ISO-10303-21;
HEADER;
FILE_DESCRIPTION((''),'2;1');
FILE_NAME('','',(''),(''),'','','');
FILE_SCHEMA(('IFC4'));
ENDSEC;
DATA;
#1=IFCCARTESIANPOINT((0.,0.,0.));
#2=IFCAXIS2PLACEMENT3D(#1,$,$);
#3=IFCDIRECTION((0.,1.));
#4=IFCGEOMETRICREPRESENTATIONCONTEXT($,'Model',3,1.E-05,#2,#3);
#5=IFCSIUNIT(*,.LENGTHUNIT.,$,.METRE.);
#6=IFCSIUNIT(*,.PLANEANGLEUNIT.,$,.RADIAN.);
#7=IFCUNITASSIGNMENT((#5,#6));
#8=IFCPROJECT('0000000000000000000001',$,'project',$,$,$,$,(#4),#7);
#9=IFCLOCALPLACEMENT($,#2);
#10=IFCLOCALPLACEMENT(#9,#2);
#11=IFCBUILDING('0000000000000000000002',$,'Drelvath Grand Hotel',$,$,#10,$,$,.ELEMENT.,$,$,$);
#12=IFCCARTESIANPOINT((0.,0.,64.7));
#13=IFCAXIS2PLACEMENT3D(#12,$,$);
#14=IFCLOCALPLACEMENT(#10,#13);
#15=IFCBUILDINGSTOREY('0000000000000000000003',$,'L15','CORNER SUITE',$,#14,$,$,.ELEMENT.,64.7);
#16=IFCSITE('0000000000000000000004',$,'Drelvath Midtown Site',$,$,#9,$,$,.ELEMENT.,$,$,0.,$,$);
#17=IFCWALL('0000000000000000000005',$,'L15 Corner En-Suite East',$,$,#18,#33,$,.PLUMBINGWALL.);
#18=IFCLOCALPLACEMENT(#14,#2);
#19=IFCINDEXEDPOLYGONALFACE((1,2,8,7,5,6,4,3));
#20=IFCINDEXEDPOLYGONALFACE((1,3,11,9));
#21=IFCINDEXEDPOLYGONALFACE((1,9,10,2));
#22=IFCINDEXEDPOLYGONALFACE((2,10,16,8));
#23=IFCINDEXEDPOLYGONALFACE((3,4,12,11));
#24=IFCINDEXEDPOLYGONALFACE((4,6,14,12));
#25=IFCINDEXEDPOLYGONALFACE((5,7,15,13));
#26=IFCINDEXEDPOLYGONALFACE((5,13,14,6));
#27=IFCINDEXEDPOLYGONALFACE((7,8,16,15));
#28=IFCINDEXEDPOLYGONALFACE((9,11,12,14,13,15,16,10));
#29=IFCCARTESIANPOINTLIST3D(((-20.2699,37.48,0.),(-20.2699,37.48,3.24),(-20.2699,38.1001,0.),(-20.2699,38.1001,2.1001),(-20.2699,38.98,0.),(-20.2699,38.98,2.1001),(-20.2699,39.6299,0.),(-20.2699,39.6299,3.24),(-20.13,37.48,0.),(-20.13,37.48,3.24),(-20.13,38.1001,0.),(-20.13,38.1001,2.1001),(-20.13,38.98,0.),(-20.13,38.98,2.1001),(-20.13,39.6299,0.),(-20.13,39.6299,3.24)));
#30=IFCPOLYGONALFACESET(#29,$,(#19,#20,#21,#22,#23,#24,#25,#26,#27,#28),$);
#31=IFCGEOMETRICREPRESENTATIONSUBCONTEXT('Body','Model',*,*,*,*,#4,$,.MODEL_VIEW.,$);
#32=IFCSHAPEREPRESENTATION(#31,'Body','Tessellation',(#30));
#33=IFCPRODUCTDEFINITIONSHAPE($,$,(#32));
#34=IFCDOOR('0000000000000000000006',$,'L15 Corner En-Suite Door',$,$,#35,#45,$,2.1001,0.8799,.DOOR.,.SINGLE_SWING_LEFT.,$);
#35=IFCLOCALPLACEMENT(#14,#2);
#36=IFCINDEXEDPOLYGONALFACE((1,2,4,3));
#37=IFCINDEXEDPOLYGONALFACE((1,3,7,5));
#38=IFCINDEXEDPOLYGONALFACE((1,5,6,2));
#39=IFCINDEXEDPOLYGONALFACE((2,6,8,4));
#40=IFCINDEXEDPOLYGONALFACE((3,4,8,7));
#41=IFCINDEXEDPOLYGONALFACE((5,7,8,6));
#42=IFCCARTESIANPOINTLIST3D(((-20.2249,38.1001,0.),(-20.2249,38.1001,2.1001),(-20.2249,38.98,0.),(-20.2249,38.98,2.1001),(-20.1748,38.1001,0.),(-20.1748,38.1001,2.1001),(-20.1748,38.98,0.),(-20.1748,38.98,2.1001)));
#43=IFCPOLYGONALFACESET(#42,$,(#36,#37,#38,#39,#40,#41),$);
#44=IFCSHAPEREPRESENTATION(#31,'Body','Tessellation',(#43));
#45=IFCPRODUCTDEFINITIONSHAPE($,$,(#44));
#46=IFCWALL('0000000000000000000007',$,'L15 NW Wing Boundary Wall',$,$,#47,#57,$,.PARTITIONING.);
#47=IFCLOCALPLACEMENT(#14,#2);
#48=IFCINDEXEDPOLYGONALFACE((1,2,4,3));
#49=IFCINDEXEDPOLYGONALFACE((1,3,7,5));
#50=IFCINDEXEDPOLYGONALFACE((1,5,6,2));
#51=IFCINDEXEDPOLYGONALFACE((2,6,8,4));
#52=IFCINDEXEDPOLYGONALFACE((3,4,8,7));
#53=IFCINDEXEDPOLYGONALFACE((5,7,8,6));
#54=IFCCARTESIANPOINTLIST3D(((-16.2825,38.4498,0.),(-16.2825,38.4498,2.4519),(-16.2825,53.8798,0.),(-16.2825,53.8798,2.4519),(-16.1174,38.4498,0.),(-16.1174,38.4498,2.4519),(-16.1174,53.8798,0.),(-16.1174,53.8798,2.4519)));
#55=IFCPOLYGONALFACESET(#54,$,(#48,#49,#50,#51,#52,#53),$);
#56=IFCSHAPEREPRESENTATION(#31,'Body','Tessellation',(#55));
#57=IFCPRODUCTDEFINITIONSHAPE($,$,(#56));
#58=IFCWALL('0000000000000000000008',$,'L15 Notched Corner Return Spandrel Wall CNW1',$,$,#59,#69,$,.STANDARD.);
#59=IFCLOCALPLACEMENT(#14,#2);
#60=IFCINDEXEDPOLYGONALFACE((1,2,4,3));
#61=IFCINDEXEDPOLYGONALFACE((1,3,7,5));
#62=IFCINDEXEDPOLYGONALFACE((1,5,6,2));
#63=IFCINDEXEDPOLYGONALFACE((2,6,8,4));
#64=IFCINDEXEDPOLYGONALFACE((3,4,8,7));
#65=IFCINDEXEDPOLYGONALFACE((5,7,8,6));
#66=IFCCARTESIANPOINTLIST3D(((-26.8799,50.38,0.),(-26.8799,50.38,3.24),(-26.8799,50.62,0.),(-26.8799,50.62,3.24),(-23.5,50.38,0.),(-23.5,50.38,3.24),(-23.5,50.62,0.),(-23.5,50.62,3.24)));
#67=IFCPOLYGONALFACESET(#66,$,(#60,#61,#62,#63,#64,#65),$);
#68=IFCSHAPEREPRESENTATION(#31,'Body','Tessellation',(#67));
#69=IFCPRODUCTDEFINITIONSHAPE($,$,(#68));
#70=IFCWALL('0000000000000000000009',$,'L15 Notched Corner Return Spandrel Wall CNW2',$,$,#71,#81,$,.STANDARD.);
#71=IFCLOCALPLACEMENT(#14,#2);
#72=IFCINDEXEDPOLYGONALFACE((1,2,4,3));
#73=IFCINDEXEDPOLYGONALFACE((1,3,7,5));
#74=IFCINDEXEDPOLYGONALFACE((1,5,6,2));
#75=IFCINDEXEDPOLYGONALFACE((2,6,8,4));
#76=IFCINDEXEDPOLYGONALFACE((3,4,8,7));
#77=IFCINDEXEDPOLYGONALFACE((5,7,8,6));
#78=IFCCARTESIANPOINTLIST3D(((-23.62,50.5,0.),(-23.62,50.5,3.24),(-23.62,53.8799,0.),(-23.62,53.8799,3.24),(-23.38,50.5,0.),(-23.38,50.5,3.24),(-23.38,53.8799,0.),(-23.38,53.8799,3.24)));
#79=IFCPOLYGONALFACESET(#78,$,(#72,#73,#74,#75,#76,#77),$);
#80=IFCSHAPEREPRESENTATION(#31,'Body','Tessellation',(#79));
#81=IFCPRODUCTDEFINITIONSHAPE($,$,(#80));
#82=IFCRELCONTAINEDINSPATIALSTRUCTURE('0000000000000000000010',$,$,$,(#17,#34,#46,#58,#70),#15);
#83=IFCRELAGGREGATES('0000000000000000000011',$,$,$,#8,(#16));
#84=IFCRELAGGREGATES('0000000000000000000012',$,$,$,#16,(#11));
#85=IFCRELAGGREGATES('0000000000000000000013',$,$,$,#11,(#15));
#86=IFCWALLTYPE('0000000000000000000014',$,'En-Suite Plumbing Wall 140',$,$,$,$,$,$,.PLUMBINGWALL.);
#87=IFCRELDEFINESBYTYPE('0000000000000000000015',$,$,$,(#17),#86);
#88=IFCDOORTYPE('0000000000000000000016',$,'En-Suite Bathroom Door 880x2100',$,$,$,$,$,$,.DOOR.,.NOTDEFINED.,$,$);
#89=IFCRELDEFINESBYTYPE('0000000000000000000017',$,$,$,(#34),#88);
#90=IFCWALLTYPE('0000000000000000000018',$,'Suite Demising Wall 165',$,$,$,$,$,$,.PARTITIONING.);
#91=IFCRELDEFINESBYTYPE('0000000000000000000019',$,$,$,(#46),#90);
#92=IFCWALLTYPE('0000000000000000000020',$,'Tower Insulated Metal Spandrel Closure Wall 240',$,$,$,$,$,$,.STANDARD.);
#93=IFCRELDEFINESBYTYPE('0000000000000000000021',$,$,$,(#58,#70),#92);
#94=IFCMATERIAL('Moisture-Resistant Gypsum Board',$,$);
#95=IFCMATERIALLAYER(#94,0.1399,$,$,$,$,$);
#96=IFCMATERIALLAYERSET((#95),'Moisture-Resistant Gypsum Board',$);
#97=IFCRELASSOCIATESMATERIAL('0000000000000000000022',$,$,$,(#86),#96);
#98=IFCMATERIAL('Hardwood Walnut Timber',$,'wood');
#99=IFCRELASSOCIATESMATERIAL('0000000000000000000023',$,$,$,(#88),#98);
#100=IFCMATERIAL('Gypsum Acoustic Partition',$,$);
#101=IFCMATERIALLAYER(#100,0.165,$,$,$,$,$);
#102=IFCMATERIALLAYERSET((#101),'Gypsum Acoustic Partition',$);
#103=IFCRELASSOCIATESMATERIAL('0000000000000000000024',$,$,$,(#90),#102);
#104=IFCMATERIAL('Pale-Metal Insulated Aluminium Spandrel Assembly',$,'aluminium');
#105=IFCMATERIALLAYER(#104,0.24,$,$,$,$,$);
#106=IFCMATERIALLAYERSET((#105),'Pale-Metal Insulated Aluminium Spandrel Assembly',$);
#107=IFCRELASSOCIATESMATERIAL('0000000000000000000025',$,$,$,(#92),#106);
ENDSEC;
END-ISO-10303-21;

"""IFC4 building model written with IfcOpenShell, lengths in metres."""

from ifc_helpers import new_model, si_unit, direction, frame, frame_2d, origin, place, context, subcontext, project, spatial, rectangle, extrude, material, layer, layer_set, type_object, element, fill, save


model = new_model("IFC4")

# Units and contexts
model_context = context("Model", 3, precision=1e-05, world=origin(), true_north=direction((0.0, 1.0)))
body_context = subcontext(model_context, "Body", "Model", "MODEL_VIEW")
ifc_project = project(units=[si_unit("LENGTHUNIT", "METRE"), si_unit("PLANEANGLEUNIT", "RADIAN")], contexts=[model_context])

# Site, building, storey
site_placement = place(None, origin())
site = spatial("IfcSite", under=ifc_project, at=site_placement, Name="Drelvath Midtown Site", CompositionType="ELEMENT", RefElevation=0.0)
building_placement = place(site_placement, origin())
building = spatial("IfcBuilding", under=site, at=building_placement, Name="Drelvath Grand Hotel", CompositionType="ELEMENT")
storey_placement = place(building_placement, frame((0.0, 0.0, 64.7)))
storey = spatial("IfcBuildingStorey", under=building, at=storey_placement, Name="L15", Description="CORNER SUITE", CompositionType="ELEMENT", Elevation=64.7)

# Shared definitions
ifc_material_1 = material(Name="Hardwood Walnut Timber", Category="wood")

# Shared definitions
ifc_material_2 = material(Name="Moisture-Resistant Gypsum Board")
ifc_layer_1 = layer(ifc_material_2, 0.1399)
ifc_layer_set_1 = layer_set([ifc_layer_1], Name="Moisture-Resistant Gypsum Board")
wall_type_1 = type_object("IfcWallType", Name="En-Suite Plumbing Wall 140", PredefinedType="PLUMBINGWALL", material=ifc_layer_set_1)

# Wall, opening, door
wall_1_placement = place(storey_placement, frame((-20.2, 37.48, 0.0), z_axis=(0.0, 0.0, 1.0), x_axis=(0.0, 1.0, 0.0)))
wall_1 = element("IfcWall", 1, at=wall_1_placement, inside=storey, type_object=wall_type_1, Name="L15 Corner En-Suite East", PredefinedType="PLUMBINGWALL", context=body_context, shape_type="SweptSolid", body=[
    extrude(rectangle(XDim=2.1499, YDim=0.1399, at=frame_2d((1.075, 0.0))), origin(), (0.0, 0.0, 1.0), 3.24),
])
opening_1_placement = place(wall_1_placement, frame((0.6201, 0.0, 0.0)))
opening_1 = element("IfcOpeningElement", 2, at=opening_1_placement, cuts=wall_1, PredefinedType="OPENING", context=body_context, shape_type="SweptSolid", body=[
    extrude(rectangle(XDim=0.8799, YDim=2.1001, at=frame_2d((0.4399, 1.05))), frame((0.0, 0.0798, 0.0), z_axis=(0.0, -1.0, 0.0), x_axis=(1.0, 0.0, 0.0)), (0.0, 0.0, 1.0), 0.1599),
])
door_type_1 = type_object("IfcDoorType", Name="En-Suite Bathroom Door 880x2100", OperationType="NOTDEFINED", PredefinedType="DOOR", material=ifc_material_1)
door_1_placement = place(opening_1_placement, origin())
door_1 = element("IfcDoor", 3, at=door_1_placement, inside=storey, type_object=door_type_1, Name="L15 Corner En-Suite Door", OperationType="SINGLE_SWING_LEFT", OverallHeight=2.1001, OverallWidth=0.8799, PredefinedType="DOOR", context=body_context, shape_type="SweptSolid", body=[
    extrude(rectangle(XDim=0.8799, YDim=2.1001, at=frame_2d((0.4399, 1.05))), frame((0.0, 0.0249, 0.0), z_axis=(0.0, -1.0, 0.0), x_axis=(1.0, 0.0, 0.0)), (0.0, 0.0, 1.0), 0.05),
])
fill(opening_1, door_1)

# Walls
ifc_material_3 = material(Name="Gypsum Acoustic Partition")
ifc_layer_2 = layer(ifc_material_3, 0.165)
ifc_layer_set_2 = layer_set([ifc_layer_2], Name="Gypsum Acoustic Partition")
wall_type_2 = type_object("IfcWallType", Name="Suite Demising Wall 165", PredefinedType="PARTITIONING", material=ifc_layer_set_2)
wall_2_placement = place(storey_placement, frame((-16.2, 38.45, 0.0), z_axis=(0.0, 0.0, 1.0), x_axis=(0.0, 1.0, 0.0)))
element("IfcWall", 4, at=wall_2_placement, inside=storey, type_object=wall_type_2, Name="L15 NW Wing Boundary Wall", PredefinedType="PARTITIONING", context=body_context, shape_type="SweptSolid", body=[
    extrude(rectangle(XDim=15.4299, YDim=0.165, at=frame_2d((7.7148, 0.0))), origin(), (0.0, 0.0, 1.0), 2.4519),
])
ifc_material_4 = material(Name="Pale-Metal Insulated Aluminium Spandrel Assembly", Category="aluminium")
ifc_layer_3 = layer(ifc_material_4, 0.24)
ifc_layer_set_3 = layer_set([ifc_layer_3], Name="Pale-Metal Insulated Aluminium Spandrel Assembly")
wall_type_3 = type_object("IfcWallType", Name="Tower Insulated Metal Spandrel Closure Wall 240", PredefinedType="STANDARD", material=ifc_layer_set_3)
for number, where, z_axis, x_axis, name in (
    (5, (-26.8799, 50.5, 0.0), (0.0, 0.0, 1.0), (1.0, 0.0, 0.0), "L15 Notched Corner Return Spandrel Wall CNW1"),
    (6, (-23.5, 50.5, 0.0), (0.0, 0.0, 1.0), (0.0, 1.0, 0.0), "L15 Notched Corner Return Spandrel Wall CNW2"),
):
    element("IfcWall", number, at=place(storey_placement, frame(where, z_axis=z_axis, x_axis=x_axis)), inside=storey, type_object=wall_type_3, Name=name, PredefinedType="STANDARD", context=body_context, shape_type="SweptSolid", body=[
        extrude(rectangle(XDim=3.3799, YDim=0.24, at=frame_2d((1.6899, 0.0))), origin(), (0.0, 0.0, 1.0), 3.24),
    ])

save(model, "model.ifc")
